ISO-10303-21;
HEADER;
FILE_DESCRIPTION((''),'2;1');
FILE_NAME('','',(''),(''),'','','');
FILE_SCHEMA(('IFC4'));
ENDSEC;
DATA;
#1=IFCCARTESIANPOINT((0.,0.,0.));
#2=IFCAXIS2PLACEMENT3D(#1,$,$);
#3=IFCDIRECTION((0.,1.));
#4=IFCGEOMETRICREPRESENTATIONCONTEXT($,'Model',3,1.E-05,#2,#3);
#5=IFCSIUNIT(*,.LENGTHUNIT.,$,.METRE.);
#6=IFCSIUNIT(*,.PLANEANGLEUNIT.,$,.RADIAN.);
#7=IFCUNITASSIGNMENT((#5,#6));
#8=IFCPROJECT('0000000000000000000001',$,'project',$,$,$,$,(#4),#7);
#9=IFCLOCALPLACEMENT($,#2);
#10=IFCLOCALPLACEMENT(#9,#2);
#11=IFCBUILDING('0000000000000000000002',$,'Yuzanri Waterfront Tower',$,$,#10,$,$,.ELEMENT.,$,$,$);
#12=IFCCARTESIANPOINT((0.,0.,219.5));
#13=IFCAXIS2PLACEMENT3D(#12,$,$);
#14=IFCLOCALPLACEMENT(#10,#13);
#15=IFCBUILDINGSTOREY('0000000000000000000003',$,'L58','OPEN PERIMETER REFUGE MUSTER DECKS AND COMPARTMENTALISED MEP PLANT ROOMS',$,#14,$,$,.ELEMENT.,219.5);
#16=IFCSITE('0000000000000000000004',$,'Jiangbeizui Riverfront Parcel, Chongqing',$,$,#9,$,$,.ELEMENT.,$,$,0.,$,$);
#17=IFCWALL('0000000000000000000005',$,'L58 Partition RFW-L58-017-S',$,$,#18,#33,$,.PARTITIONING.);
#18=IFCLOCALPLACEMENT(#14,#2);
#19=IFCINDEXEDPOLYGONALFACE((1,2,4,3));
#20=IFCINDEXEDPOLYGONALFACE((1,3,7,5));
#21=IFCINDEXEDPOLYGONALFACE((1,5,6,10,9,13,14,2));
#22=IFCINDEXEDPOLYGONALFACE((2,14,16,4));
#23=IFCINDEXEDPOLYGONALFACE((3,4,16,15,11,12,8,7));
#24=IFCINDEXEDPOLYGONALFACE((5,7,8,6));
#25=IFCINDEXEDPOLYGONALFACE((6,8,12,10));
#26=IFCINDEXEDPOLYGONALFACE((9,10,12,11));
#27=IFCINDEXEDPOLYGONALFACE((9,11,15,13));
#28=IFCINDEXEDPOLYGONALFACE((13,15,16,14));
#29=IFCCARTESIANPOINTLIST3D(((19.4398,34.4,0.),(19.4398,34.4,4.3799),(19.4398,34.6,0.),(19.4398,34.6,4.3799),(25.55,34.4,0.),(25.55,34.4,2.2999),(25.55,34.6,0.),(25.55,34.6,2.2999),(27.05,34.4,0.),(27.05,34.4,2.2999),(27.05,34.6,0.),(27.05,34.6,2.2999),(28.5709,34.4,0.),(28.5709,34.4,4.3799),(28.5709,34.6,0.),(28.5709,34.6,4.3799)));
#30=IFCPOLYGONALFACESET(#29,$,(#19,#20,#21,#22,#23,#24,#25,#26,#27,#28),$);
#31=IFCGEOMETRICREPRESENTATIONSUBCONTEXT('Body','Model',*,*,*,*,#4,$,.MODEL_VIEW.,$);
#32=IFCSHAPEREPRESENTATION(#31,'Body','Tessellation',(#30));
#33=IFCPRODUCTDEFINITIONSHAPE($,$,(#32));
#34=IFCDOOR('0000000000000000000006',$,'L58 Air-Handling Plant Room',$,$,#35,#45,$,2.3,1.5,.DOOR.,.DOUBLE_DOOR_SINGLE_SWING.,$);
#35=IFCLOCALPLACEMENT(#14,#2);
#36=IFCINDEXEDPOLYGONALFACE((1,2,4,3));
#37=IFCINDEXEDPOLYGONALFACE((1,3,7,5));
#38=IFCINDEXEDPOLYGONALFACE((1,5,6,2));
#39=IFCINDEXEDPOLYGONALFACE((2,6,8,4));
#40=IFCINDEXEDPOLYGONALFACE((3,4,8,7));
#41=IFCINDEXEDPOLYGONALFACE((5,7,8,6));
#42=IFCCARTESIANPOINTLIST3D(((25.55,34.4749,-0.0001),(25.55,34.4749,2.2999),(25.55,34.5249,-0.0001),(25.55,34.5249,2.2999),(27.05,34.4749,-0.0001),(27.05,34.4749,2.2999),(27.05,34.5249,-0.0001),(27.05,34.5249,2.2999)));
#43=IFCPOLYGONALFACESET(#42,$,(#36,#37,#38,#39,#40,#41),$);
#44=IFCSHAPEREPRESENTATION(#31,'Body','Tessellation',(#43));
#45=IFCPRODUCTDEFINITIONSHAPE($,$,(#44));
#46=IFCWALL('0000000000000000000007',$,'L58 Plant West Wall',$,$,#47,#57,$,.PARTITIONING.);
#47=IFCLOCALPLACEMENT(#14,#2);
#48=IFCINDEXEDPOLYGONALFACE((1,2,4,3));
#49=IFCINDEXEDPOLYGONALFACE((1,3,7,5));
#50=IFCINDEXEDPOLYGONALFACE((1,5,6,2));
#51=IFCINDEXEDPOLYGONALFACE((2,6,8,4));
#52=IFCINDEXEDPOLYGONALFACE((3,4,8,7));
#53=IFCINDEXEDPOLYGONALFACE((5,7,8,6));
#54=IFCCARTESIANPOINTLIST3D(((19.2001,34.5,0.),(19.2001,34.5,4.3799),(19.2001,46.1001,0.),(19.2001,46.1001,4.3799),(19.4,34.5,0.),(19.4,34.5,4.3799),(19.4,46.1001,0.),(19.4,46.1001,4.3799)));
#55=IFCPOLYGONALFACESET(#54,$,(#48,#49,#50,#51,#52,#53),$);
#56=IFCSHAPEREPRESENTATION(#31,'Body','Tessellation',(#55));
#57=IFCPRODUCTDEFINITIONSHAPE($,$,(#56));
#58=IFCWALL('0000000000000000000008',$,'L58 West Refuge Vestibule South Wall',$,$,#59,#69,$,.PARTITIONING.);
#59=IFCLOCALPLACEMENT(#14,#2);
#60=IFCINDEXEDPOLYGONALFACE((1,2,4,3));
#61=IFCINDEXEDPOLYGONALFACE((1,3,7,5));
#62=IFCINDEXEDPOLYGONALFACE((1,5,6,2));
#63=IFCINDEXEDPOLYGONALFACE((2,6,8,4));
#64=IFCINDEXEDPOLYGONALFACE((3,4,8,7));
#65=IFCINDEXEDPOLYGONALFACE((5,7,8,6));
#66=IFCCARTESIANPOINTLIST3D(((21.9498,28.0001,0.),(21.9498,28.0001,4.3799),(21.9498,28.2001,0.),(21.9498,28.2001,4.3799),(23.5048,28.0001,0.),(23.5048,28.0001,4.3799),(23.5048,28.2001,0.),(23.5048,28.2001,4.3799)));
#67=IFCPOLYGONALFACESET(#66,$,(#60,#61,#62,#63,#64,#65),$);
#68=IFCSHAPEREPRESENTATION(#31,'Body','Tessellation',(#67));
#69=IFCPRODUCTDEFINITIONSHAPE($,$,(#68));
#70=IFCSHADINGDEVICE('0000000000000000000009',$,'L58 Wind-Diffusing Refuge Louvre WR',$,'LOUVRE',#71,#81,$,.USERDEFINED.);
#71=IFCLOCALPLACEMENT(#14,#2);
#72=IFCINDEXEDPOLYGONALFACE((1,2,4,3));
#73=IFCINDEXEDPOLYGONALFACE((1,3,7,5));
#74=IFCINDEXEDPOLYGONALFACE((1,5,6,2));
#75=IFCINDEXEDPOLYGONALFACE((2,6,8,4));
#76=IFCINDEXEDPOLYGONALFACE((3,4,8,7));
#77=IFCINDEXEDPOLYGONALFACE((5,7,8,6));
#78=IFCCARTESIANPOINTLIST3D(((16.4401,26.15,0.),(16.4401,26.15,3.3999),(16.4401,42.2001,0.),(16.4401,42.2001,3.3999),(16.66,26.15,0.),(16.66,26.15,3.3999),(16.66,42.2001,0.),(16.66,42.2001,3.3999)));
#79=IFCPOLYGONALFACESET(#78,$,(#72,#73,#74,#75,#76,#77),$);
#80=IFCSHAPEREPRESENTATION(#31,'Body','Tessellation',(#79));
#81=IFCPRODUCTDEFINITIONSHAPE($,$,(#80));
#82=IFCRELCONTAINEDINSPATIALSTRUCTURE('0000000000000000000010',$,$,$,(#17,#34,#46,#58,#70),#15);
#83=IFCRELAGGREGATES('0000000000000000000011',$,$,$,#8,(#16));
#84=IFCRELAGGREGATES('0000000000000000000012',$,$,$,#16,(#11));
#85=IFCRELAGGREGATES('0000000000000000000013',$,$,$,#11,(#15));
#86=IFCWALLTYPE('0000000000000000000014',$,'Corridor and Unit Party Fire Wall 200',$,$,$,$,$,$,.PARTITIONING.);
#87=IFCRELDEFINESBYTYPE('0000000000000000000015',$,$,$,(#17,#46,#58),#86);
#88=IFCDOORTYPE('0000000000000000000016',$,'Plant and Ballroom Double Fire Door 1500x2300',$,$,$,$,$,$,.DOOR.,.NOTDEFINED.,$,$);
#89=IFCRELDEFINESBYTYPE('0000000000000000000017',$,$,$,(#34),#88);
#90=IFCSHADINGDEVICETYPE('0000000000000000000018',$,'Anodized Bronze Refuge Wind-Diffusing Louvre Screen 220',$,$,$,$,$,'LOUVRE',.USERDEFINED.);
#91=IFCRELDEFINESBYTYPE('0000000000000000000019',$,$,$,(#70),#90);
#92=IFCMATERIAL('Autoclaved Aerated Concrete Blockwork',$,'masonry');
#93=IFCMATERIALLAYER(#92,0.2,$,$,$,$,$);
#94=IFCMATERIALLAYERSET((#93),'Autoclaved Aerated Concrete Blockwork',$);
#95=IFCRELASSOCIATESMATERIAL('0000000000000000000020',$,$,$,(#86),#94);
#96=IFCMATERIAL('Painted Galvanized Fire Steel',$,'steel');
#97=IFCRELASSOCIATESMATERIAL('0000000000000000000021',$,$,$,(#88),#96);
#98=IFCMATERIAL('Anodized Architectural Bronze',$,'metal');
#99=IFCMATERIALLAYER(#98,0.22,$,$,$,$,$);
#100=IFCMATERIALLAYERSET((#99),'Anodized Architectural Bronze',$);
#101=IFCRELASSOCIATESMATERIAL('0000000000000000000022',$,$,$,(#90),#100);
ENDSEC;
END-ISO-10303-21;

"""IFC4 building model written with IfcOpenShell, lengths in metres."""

from ifc_helpers import new_model, si_unit, direction, frame, frame_2d, origin, origin_2d, place, context, subcontext, project, spatial, rectangle, extrude, source, transform, mapped, material, layer, layer_set, type_object, element, fill, save


model = new_model("IFC4")

# Units and contexts
model_context = context("Model", 3, precision=1e-05, world=origin(), true_north=direction((0.0, 1.0)))
body_context = subcontext(model_context, "Body", "Model", "MODEL_VIEW")
ifc_project = project(units=[si_unit("LENGTHUNIT", "METRE"), si_unit("PLANEANGLEUNIT", "RADIAN")], contexts=[model_context])

# Site, building, storey
site_placement = place(None, origin())
site = spatial("IfcSite", under=ifc_project, at=site_placement, Name="Jiangbeizui Riverfront Parcel, Chongqing", CompositionType="ELEMENT", RefElevation=0.0)
building_placement = place(site_placement, origin())
building = spatial("IfcBuilding", under=site, at=building_placement, Name="Yuzanri Waterfront Tower", CompositionType="ELEMENT")
storey_placement = place(building_placement, frame((0.0, 0.0, 219.5)))
storey = spatial("IfcBuildingStorey", under=building, at=storey_placement, Name="L58", Description="OPEN PERIMETER REFUGE MUSTER DECKS AND COMPARTMENTALISED MEP PLANT ROOMS", CompositionType="ELEMENT", Elevation=219.5)

# Wall, opening, door
ifc_material_1 = material(Name="Autoclaved Aerated Concrete Blockwork", Category="masonry")
ifc_layer_1 = layer(ifc_material_1, 0.2)
ifc_layer_set_1 = layer_set([ifc_layer_1], Name="Autoclaved Aerated Concrete Blockwork")
wall_type_1 = type_object("IfcWallType", Name="Corridor and Unit Party Fire Wall 200", PredefinedType="PARTITIONING", material=ifc_layer_set_1)
wall_1_placement = place(storey_placement, frame((19.4399, 34.5, 0.0), z_axis=(0.0, 0.0, 1.0), x_axis=(1.0, 0.0, 0.0)))
wall_1 = element("IfcWall", 1, at=wall_1_placement, inside=storey, type_object=wall_type_1, Name="L58 Partition RFW-L58-017-S", PredefinedType="PARTITIONING", context=body_context, shape_type="SweptSolid", body=[
    extrude(rectangle(XDim=9.1311, YDim=0.2, at=frame_2d((4.5654, 0.0))), origin(), (0.0, 0.0, 1.0), 4.3799),
])
opening_1_placement = place(wall_1_placement, frame((6.1101, 0.0, 0.0)))
opening_1 = element("IfcOpeningElement", 2, at=opening_1_placement, cuts=wall_1, PredefinedType="OPENING", context=body_context, shape_type="SweptSolid", body=[
    extrude(rectangle(XDim=1.5, YDim=2.3, at=frame_2d((0.75, 1.1499))), frame((0.0, 0.1147, 0.0), z_axis=(0.0, -1.0, 0.0), x_axis=(1.0, 0.0, 0.0)), (0.0, 0.0, 1.0), 0.2297),
])
ifc_material_2 = material(Name="Painted Galvanized Fire Steel", Category="steel")
door_type_1 = type_object("IfcDoorType", Name="Plant and Ballroom Double Fire Door 1500x2300", OperationType="NOTDEFINED", PredefinedType="DOOR", material=ifc_material_2)
shared_shape_1 = source(origin(), body_context, "Body", "SweptSolid", [
    extrude(rectangle(XDim=1.5, YDim=2.3, at=frame_2d((0.75, 1.1499))), frame((0.0, 0.0249, 0.0), z_axis=(0.0, -1.0, 0.0), x_axis=(1.0, 0.0, 0.0)), (0.0, 0.0, 1.0), 0.05),
])
door_1_placement = place(opening_1_placement, origin())
door_1 = element("IfcDoor", 3, at=door_1_placement, inside=storey, type_object=door_type_1, Name="L58 Air-Handling Plant Room", OperationType="DOUBLE_DOOR_SINGLE_SWING", OverallHeight=2.3, OverallWidth=1.5, PredefinedType="DOOR", context=body_context, shape_type="MappedRepresentation", body=[
    mapped(shared_shape_1, transform((0.0, 0.0, 0.0), scale=1.0)),
])
fill(opening_1, door_1)

# Walls
shared_shape_2 = source(origin(), body_context, "Body", "SweptSolid", [
    extrude(rectangle(XDim=11.6001, YDim=0.2, at=frame_2d((5.8, 0.0))), origin(), (0.0, 0.0, 1.0), 4.3799),
])
wall_2_placement = place(storey_placement, frame((19.3, 34.5, 0.0), z_axis=(0.0, 0.0, 1.0), x_axis=(0.0, 1.0, 0.0)))
element("IfcWall", 4, at=wall_2_placement, inside=storey, type_object=wall_type_1, Name="L58 Plant West Wall", PredefinedType="PARTITIONING", context=body_context, shape_type="MappedRepresentation", body=[
    mapped(shared_shape_2, transform((0.0, 0.0, 0.0), scale=1.0)),
])
shared_shape_3 = source(origin(), body_context, "Body", "SweptSolid", [
    extrude(rectangle(XDim=1.5549, YDim=0.2, at=frame_2d((0.7773, 0.0))), origin(), (0.0, 0.0, 1.0), 4.3799),
])
wall_3_placement = place(storey_placement, frame((21.95, 28.1001, 0.0), z_axis=(0.0, 0.0, 1.0), x_axis=(1.0, 0.0, 0.0)))
element("IfcWall", 5, at=wall_3_placement, inside=storey, type_object=wall_type_1, Name="L58 West Refuge Vestibule South Wall", PredefinedType="PARTITIONING", context=body_context, shape_type="MappedRepresentation", body=[
    mapped(shared_shape_3, transform((0.0, 0.0, 0.0), scale=1.0)),
])

# Shading device
ifc_material_3 = material(Name="Anodized Architectural Bronze", Category="metal")
ifc_layer_2 = layer(ifc_material_3, 0.22)
ifc_layer_set_2 = layer_set([ifc_layer_2], Name="Anodized Architectural Bronze")
shading_device_type = type_object("IfcShadingDeviceType", Name="Anodized Bronze Refuge Wind-Diffusing Louvre Screen 220", ElementType="LOUVRE", PredefinedType="USERDEFINED", material=ifc_layer_set_2)
shared_shape_4 = source(origin(), body_context, "Body", "SweptSolid", [
    extrude(rectangle(XDim=0.22, YDim=16.05, at=origin_2d()), origin(), (0.0, 0.0, 1.0), 3.3999),
])
shading_device_placement = place(storey_placement, frame((16.55, 34.175, 0.0), z_axis=(0.0, 0.0, 1.0), x_axis=(1.0, 0.0, 0.0)))
element("IfcShadingDevice", 6, at=shading_device_placement, inside=storey, type_object=shading_device_type, Name="L58 Wind-Diffusing Refuge Louvre WR", ObjectType="LOUVRE", PredefinedType="USERDEFINED", context=body_context, shape_type="MappedRepresentation", body=[
    mapped(shared_shape_4, transform((0.0, 0.0, 0.0), scale=1.0)),
])

save(model, "model.ifc")
